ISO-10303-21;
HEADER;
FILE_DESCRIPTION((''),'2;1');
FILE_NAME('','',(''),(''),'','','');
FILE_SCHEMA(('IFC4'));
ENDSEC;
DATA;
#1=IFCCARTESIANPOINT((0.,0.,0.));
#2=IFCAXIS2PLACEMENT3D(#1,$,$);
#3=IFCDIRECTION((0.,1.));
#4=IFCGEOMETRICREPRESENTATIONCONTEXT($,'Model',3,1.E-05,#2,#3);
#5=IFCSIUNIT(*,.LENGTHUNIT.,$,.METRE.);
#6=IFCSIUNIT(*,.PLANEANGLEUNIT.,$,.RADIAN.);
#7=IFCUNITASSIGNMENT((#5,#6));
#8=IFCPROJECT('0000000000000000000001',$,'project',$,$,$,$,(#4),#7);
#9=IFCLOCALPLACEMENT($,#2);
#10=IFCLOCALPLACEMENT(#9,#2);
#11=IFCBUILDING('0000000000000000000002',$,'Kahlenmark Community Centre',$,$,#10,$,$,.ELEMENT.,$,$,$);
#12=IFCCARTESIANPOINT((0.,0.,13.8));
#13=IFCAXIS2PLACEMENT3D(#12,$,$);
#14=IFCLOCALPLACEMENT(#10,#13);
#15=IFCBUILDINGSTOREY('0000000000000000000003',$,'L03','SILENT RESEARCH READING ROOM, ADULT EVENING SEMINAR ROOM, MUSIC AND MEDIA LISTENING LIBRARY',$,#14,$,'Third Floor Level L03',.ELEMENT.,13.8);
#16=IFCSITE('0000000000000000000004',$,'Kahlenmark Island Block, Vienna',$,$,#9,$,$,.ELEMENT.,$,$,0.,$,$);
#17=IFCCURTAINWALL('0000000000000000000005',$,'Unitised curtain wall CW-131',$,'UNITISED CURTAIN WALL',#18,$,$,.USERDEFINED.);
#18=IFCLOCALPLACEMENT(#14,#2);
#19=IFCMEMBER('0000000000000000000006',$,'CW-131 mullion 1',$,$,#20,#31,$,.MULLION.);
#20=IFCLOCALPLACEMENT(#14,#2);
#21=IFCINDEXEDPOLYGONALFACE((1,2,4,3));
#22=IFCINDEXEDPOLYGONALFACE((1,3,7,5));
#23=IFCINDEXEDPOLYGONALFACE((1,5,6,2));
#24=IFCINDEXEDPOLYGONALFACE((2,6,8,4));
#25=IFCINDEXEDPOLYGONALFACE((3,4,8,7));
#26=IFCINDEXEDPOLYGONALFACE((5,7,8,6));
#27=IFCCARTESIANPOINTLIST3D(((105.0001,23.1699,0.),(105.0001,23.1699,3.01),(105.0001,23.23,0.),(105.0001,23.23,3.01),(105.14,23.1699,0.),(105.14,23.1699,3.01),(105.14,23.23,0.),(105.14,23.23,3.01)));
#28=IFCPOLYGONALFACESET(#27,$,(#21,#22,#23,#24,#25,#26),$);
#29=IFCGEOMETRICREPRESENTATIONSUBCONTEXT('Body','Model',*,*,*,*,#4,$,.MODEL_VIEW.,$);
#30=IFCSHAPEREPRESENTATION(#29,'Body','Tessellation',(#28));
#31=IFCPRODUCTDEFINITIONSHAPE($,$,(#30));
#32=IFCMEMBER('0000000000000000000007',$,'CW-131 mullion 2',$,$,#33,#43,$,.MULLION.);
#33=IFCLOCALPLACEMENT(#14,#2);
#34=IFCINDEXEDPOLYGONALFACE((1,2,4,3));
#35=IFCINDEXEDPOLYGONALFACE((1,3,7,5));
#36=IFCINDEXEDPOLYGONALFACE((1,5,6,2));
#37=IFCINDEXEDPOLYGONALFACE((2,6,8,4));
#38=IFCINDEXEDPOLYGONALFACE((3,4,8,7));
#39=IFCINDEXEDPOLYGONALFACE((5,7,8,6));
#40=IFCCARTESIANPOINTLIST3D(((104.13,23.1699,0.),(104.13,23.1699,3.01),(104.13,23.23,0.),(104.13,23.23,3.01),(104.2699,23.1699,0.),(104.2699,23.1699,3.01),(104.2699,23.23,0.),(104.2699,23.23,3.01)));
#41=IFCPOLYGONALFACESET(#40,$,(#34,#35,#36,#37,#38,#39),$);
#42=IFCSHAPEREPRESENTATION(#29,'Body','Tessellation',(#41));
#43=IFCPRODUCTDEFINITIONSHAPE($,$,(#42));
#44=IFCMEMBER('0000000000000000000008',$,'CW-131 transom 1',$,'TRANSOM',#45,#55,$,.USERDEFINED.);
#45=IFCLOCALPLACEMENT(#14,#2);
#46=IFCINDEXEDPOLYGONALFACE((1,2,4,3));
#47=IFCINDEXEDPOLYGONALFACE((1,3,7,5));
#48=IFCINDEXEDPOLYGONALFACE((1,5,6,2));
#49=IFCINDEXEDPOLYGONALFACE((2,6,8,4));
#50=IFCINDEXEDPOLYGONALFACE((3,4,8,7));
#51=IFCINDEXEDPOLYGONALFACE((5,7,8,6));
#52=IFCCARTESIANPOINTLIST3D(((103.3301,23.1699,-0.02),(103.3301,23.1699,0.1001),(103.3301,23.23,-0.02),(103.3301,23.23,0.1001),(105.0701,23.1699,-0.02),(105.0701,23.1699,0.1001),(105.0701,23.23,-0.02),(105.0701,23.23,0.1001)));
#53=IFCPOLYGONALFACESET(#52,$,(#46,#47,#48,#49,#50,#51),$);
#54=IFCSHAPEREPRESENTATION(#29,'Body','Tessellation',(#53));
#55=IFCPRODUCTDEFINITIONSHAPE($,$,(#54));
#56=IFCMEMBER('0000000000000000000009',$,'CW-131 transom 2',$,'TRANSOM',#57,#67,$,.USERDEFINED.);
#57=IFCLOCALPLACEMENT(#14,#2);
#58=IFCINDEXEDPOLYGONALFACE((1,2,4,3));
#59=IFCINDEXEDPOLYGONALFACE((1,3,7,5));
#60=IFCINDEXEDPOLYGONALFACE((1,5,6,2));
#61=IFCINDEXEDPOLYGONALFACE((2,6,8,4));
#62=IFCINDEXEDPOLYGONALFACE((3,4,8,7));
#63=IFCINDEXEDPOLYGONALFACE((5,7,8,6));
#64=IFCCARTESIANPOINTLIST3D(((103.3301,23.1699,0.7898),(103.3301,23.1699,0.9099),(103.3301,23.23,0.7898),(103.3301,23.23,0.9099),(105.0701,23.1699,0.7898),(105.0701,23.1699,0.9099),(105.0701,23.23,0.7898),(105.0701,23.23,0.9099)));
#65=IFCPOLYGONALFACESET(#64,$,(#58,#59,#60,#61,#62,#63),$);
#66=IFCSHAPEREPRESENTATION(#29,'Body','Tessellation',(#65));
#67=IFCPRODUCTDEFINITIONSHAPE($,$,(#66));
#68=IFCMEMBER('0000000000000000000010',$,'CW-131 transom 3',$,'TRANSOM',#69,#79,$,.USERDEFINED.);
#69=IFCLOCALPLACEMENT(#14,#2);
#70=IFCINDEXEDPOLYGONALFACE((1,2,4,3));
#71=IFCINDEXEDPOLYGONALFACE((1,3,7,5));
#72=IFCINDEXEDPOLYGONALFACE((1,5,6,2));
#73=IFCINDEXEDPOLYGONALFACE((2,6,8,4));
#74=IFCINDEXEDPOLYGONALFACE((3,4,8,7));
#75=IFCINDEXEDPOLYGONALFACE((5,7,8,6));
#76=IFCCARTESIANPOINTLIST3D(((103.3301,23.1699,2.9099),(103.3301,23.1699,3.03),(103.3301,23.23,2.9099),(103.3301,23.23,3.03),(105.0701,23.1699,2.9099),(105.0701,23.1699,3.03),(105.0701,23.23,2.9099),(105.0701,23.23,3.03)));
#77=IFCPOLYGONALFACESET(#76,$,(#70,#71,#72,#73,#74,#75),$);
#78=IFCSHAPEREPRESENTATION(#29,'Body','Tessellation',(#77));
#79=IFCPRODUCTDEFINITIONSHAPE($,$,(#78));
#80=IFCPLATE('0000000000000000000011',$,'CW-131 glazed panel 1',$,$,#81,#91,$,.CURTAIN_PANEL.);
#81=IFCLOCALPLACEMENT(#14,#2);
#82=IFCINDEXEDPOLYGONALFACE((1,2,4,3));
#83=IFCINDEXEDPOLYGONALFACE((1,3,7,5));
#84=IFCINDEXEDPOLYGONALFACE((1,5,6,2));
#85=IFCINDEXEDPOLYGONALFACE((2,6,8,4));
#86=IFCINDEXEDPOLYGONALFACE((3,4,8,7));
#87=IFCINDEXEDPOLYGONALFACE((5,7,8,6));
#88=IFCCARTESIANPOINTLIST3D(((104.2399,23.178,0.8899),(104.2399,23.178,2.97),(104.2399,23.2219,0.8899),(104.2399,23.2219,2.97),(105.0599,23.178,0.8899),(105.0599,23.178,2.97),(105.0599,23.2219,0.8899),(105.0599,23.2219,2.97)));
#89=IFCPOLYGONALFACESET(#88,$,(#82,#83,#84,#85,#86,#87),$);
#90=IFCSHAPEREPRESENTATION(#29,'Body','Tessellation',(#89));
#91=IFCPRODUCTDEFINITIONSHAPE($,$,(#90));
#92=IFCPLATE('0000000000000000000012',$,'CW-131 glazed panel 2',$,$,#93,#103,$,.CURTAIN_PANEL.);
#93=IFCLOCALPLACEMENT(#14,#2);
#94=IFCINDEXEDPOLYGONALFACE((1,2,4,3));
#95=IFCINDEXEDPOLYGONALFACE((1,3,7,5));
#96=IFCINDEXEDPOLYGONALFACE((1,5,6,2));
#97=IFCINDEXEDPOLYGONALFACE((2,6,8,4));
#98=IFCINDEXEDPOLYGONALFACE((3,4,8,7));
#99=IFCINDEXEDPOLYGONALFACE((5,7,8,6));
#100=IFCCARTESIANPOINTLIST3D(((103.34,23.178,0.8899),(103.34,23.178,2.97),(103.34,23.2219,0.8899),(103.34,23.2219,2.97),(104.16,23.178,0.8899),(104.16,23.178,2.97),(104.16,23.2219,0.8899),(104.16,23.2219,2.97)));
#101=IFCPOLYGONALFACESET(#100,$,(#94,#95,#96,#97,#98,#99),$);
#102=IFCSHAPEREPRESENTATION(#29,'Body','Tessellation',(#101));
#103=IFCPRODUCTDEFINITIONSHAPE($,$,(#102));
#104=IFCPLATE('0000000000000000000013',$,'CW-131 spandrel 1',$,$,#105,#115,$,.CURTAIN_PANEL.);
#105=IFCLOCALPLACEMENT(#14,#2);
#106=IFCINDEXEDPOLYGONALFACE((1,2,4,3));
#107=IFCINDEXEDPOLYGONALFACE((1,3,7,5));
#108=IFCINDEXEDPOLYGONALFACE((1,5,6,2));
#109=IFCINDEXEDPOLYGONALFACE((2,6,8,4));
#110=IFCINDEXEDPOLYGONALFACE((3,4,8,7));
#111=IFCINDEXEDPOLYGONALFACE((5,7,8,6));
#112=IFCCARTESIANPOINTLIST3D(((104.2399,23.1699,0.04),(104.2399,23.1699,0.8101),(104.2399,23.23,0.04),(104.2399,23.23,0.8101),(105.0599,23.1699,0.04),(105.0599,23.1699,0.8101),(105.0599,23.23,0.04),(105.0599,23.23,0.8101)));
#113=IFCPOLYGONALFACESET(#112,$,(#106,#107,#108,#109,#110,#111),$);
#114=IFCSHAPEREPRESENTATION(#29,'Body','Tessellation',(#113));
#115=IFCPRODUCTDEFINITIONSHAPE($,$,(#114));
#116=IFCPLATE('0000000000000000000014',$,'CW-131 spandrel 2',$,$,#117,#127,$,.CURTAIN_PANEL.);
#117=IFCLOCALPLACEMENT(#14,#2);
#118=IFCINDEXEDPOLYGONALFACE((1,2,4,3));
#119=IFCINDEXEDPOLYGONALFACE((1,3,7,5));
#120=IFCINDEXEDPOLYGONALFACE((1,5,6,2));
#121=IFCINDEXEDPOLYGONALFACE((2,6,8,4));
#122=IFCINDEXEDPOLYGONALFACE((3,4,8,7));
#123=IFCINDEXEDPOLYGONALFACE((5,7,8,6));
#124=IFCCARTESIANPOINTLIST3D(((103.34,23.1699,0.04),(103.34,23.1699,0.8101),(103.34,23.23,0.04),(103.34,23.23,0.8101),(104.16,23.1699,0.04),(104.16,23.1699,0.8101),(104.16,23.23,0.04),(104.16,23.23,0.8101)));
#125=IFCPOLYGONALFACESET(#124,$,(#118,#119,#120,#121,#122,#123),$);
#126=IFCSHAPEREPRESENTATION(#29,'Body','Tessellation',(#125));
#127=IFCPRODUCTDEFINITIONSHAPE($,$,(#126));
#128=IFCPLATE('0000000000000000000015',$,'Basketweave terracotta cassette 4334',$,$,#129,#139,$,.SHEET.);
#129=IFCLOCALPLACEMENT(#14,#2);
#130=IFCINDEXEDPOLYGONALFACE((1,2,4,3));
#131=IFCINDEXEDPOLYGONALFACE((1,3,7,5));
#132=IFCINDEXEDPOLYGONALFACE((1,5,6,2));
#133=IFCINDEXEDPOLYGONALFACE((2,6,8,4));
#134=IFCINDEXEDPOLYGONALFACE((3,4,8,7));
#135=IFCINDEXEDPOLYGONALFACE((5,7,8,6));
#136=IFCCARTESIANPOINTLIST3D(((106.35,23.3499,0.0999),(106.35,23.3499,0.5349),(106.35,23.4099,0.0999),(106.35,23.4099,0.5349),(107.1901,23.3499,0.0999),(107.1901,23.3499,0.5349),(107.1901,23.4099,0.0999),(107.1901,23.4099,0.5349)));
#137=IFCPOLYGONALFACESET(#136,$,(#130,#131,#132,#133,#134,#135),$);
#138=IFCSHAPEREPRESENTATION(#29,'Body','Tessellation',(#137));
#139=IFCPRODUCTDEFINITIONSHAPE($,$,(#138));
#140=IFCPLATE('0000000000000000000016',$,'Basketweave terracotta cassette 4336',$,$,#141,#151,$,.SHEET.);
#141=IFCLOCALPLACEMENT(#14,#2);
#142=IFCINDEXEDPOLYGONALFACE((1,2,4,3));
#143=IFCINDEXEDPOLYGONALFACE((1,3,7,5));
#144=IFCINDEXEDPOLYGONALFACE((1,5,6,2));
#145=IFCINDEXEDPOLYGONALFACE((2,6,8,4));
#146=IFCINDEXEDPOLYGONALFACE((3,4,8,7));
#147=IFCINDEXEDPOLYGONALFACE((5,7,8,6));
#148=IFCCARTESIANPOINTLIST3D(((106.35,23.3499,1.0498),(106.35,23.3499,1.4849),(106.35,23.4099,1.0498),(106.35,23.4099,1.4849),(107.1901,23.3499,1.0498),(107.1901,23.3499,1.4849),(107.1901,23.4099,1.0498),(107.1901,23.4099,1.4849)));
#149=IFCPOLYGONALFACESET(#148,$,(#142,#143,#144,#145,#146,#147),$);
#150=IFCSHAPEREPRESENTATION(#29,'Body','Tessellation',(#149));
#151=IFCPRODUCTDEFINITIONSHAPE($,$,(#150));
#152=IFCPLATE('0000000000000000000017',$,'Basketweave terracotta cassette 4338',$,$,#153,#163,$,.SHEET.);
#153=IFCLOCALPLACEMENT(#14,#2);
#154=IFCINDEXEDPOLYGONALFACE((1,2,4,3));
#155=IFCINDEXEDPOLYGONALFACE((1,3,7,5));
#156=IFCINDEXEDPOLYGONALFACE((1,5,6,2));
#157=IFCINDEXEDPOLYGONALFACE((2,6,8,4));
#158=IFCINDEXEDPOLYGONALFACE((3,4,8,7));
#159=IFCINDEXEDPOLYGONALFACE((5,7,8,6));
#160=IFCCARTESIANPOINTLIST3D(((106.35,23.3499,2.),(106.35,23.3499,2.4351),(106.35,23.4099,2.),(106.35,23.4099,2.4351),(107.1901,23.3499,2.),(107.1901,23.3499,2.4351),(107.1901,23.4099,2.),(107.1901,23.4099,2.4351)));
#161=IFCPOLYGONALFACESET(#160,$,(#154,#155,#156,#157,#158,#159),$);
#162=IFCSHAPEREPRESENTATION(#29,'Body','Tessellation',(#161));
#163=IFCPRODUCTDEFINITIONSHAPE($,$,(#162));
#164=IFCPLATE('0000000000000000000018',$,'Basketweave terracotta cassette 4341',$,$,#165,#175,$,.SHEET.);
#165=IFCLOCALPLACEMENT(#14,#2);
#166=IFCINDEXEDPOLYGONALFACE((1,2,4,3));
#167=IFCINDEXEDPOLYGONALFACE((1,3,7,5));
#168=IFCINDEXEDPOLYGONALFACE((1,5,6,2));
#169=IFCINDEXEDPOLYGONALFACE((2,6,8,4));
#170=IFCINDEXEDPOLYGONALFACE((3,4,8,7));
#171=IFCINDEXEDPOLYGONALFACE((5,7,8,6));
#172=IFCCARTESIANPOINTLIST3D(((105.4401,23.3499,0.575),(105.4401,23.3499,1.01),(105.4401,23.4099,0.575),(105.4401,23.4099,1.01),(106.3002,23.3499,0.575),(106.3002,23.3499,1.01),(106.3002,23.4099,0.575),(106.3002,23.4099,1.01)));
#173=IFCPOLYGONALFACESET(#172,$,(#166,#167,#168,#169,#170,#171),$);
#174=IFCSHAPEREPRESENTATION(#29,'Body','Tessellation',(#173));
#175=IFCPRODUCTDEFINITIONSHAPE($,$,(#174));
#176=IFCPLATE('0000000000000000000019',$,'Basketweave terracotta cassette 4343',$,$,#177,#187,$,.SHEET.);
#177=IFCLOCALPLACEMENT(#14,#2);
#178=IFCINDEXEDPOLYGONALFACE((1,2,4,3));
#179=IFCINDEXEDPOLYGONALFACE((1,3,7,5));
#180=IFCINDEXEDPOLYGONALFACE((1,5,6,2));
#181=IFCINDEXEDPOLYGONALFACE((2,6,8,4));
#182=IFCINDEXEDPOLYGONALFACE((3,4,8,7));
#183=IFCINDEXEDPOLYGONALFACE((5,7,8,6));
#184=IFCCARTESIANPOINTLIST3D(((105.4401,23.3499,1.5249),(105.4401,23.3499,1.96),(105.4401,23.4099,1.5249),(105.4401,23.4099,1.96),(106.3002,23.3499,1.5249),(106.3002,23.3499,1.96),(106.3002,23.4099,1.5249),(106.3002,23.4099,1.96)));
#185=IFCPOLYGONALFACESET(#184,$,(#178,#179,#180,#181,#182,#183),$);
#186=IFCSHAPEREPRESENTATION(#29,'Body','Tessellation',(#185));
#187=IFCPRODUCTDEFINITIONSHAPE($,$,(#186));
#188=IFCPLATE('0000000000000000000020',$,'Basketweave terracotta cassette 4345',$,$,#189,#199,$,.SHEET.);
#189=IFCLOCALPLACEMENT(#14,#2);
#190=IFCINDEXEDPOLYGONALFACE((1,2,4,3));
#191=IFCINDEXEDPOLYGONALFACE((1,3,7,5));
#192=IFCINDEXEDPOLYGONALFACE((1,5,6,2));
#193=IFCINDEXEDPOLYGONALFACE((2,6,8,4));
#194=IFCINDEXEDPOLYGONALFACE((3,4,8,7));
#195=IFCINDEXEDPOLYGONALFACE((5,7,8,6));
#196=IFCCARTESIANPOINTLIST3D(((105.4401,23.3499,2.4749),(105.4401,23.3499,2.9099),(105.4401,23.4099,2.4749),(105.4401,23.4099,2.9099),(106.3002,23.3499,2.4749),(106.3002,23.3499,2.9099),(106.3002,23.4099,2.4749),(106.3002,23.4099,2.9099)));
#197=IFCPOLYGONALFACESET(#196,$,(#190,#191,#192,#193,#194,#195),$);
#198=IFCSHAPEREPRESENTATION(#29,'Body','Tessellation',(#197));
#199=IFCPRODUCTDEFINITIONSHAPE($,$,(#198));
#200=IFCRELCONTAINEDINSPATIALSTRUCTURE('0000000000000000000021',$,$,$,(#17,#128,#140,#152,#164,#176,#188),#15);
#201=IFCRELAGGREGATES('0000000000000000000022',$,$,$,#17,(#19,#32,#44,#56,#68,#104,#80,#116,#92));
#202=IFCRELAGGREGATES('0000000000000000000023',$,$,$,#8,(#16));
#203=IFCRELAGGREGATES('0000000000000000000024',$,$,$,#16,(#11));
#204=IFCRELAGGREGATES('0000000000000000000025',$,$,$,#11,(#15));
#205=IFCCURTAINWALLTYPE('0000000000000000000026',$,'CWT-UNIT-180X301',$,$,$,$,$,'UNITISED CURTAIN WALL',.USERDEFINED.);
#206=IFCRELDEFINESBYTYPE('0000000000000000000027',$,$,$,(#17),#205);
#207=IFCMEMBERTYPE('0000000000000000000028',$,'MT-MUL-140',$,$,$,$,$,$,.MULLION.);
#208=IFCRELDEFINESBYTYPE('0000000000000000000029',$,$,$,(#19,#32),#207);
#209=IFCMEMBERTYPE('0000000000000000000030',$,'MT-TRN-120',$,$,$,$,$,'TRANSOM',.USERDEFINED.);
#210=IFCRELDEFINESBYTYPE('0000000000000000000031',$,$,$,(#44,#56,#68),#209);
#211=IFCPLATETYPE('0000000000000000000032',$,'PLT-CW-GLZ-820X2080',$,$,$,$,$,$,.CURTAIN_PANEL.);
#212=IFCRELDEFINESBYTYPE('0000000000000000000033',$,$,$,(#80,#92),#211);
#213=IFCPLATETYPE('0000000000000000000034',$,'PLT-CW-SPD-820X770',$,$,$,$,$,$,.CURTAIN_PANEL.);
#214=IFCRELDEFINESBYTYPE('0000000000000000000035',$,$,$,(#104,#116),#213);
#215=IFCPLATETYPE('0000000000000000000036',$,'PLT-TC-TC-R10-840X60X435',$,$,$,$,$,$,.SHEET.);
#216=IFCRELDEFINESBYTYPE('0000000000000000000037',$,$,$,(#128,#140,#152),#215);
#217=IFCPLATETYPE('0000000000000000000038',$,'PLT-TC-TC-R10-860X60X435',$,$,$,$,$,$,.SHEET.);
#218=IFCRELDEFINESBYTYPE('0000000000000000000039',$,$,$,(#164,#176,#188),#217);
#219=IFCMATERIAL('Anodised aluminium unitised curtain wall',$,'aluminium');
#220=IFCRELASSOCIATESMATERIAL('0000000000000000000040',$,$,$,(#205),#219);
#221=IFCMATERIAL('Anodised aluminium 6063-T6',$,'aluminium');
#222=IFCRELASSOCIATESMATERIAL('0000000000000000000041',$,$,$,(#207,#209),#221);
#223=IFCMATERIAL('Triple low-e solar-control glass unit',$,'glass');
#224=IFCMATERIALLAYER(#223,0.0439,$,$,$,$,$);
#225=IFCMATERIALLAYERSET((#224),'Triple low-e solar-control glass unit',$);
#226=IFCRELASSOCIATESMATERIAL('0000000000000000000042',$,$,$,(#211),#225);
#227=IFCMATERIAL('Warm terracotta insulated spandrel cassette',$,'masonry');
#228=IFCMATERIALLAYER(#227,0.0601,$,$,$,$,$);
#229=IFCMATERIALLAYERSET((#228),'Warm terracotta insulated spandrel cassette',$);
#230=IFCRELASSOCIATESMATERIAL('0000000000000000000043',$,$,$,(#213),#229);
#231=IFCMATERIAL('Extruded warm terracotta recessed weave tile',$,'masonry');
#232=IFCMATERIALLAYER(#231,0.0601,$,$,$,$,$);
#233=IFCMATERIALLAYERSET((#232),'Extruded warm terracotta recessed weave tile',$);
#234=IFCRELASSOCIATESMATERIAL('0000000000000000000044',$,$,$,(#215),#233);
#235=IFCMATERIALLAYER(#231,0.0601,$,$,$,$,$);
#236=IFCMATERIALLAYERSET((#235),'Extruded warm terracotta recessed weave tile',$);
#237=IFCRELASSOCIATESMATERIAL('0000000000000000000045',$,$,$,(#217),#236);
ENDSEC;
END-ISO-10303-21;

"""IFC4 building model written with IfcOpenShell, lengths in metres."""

from ifc_helpers import new_model, si_unit, direction, frame, origin, origin_2d, place, context, subcontext, project, spatial, rectangle, extrude, material, layer, layer_set, material_profile, profile_set, type_object, element, aggregate, save


model = new_model("IFC4")

# Units and contexts
model_context = context("Model", 3, precision=1e-05, world=origin(), true_north=direction((0.0, 1.0)))
body_context = subcontext(model_context, "Body", "Model", "MODEL_VIEW")
ifc_project = project(units=[si_unit("LENGTHUNIT", "METRE"), si_unit("PLANEANGLEUNIT", "RADIAN")], contexts=[model_context])

# Site, building, storey
site_placement = place(None, origin())
site = spatial("IfcSite", under=ifc_project, at=site_placement, Name="Kahlenmark Island Block, Vienna", CompositionType="ELEMENT", RefElevation=0.0)
building_placement = place(site_placement, origin())
building = spatial("IfcBuilding", under=site, at=building_placement, Name="Kahlenmark Community Centre", CompositionType="ELEMENT")
storey_placement = place(building_placement, frame((0.0, 0.0, 13.8)))
storey = spatial("IfcBuildingStorey", under=building, at=storey_placement, Name="L03", Description="SILENT RESEARCH READING ROOM, ADULT EVENING SEMINAR ROOM, MUSIC AND MEDIA LISTENING LIBRARY", LongName="Third Floor Level L03", CompositionType="ELEMENT", Elevation=13.8)

# Curtain wall, members, plates
ifc_material_1 = material(Name="Anodised aluminium unitised curtain wall", Category="aluminium")
curtain_wall_type = type_object("IfcCurtainWallType", Name="CWT-UNIT-180X301", ElementType="UNITISED CURTAIN WALL", PredefinedType="USERDEFINED", material=ifc_material_1)
curtain_wall_placement = place(storey_placement, origin())
curtain_wall = element("IfcCurtainWall", 1, at=curtain_wall_placement, inside=storey, type_object=curtain_wall_type, Name="Unitised curtain wall CW-131", ObjectType="UNITISED CURTAIN WALL", PredefinedType="USERDEFINED")
ifc_material_2 = material(Name="Anodised aluminium 6063-T6", Category="aluminium")
ifc_material_profile_1 = material_profile(ifc_material_2, rectangle(XDim=0.0601, YDim=0.1399, at=origin_2d()), Name="ALU MULLION 60x140")
ifc_profile_set_1 = profile_set([ifc_material_profile_1], Name="Anodised aluminium 6063-T6")
member_type_1 = type_object("IfcMemberType", Name="MT-MUL-140", PredefinedType="MULLION", material=ifc_profile_set_1)
member_1_placement = place(storey_placement, frame((105.0701, 23.2, 0.0), z_axis=(0.0, 0.0, 1.0), x_axis=(0.0, -1.0, 0.0)))
member_1 = element("IfcMember", 2, at=member_1_placement, type_object=member_type_1, Name="CW-131 mullion 1", PredefinedType="MULLION", context=body_context, shape_type="SweptSolid", body=[
    extrude(rectangle(XDim=0.0601, YDim=0.1399, at=origin_2d()), origin(), (0.0, 0.0, 1.0), 3.01),
])
member_2_placement = place(storey_placement, frame((104.2, 23.2, 0.0), z_axis=(0.0, 0.0, 1.0), x_axis=(0.0, -1.0, 0.0)))
member_2 = element("IfcMember", 3, at=member_2_placement, type_object=member_type_1, Name="CW-131 mullion 2", PredefinedType="MULLION", context=body_context, shape_type="SweptSolid", body=[
    extrude(rectangle(XDim=0.0601, YDim=0.1399, at=origin_2d()), origin(), (0.0, 0.0, 1.0), 3.01),
])
ifc_material_profile_2 = material_profile(ifc_material_2, rectangle(XDim=0.0601, YDim=0.1201, at=origin_2d()), Name="ALU TRANSOM 60x120")
ifc_profile_set_2 = profile_set([ifc_material_profile_2], Name="Anodised aluminium 6063-T6")
member_type_2 = type_object("IfcMemberType", Name="MT-TRN-120", ElementType="TRANSOM", PredefinedType="USERDEFINED", material=ifc_profile_set_2)
member_3_placement = place(storey_placement, frame((105.0701, 23.2, 0.04), z_axis=(-1.0, 0.0, 0.0), x_axis=(0.0, -1.0, 0.0)))
member_3 = element("IfcMember", 4, at=member_3_placement, type_object=member_type_2, Name="CW-131 transom 1", ObjectType="TRANSOM", PredefinedType="USERDEFINED", context=body_context, shape_type="SweptSolid", body=[
    extrude(rectangle(XDim=0.0601, YDim=0.1201, at=origin_2d()), origin(), (0.0, 0.0, 1.0), 1.74),
])
member_4_placement = place(storey_placement, frame((105.0701, 23.2, 0.8499), z_axis=(-1.0, 0.0, 0.0), x_axis=(0.0, -1.0, 0.0)))
member_4 = element("IfcMember", 5, at=member_4_placement, type_object=member_type_2, Name="CW-131 transom 2", ObjectType="TRANSOM", PredefinedType="USERDEFINED", context=body_context, shape_type="SweptSolid", body=[
    extrude(rectangle(XDim=0.0601, YDim=0.1201, at=origin_2d()), origin(), (0.0, 0.0, 1.0), 1.74),
])
member_5_placement = place(storey_placement, frame((105.0701, 23.2, 2.97), z_axis=(-1.0, 0.0, 0.0), x_axis=(0.0, -1.0, 0.0)))
member_5 = element("IfcMember", 6, at=member_5_placement, type_object=member_type_2, Name="CW-131 transom 3", ObjectType="TRANSOM", PredefinedType="USERDEFINED", context=body_context, shape_type="SweptSolid", body=[
    extrude(rectangle(XDim=0.0601, YDim=0.1201, at=origin_2d()), origin(), (0.0, 0.0, 1.0), 1.74),
])
ifc_material_3 = material(Name="Triple low-e solar-control glass unit", Category="glass")
ifc_layer_1 = layer(ifc_material_3, 0.0439)
ifc_layer_set_1 = layer_set([ifc_layer_1], Name="Triple low-e solar-control glass unit")
plate_type_1 = type_object("IfcPlateType", Name="PLT-CW-GLZ-820X2080", PredefinedType="CURTAIN_PANEL", material=ifc_layer_set_1)
plate_1_placement = place(storey_placement, frame((104.6499, 23.2, 0.8899), z_axis=(0.0, 0.0, 1.0), x_axis=(-1.0, 0.0, 0.0)))
plate_1 = element("IfcPlate", 7, at=plate_1_placement, type_object=plate_type_1, Name="CW-131 glazed panel 1", PredefinedType="CURTAIN_PANEL", context=body_context, shape_type="SweptSolid", body=[
    extrude(rectangle(XDim=0.8201, YDim=0.0439, at=origin_2d()), origin(), (0.0, 0.0, 1.0), 2.0801),
])
plate_2_placement = place(storey_placement, frame((103.75, 23.2, 0.8899), z_axis=(0.0, 0.0, 1.0), x_axis=(-1.0, 0.0, 0.0)))
plate_2 = element("IfcPlate", 8, at=plate_2_placement, type_object=plate_type_1, Name="CW-131 glazed panel 2", PredefinedType="CURTAIN_PANEL", context=body_context, shape_type="SweptSolid", body=[
    extrude(rectangle(XDim=0.8201, YDim=0.0439, at=origin_2d()), origin(), (0.0, 0.0, 1.0), 2.0801),
])
ifc_material_4 = material(Name="Warm terracotta insulated spandrel cassette", Category="masonry")
ifc_layer_2 = layer(ifc_material_4, 0.0601)
ifc_layer_set_2 = layer_set([ifc_layer_2], Name="Warm terracotta insulated spandrel cassette")
plate_type_2 = type_object("IfcPlateType", Name="PLT-CW-SPD-820X770", PredefinedType="CURTAIN_PANEL", material=ifc_layer_set_2)
plate_3_placement = place(storey_placement, frame((104.6499, 23.2, 0.04), z_axis=(0.0, 0.0, 1.0), x_axis=(-1.0, 0.0, 0.0)))
plate_3 = element("IfcPlate", 9, at=plate_3_placement, type_object=plate_type_2, Name="CW-131 spandrel 1", PredefinedType="CURTAIN_PANEL", context=body_context, shape_type="SweptSolid", body=[
    extrude(rectangle(XDim=0.8201, YDim=0.0601, at=origin_2d()), origin(), (0.0, 0.0, 1.0), 0.77),
])
plate_4_placement = place(storey_placement, frame((103.75, 23.2, 0.04), z_axis=(0.0, 0.0, 1.0), x_axis=(-1.0, 0.0, 0.0)))
plate_4 = element("IfcPlate", 10, at=plate_4_placement, type_object=plate_type_2, Name="CW-131 spandrel 2", PredefinedType="CURTAIN_PANEL", context=body_context, shape_type="SweptSolid", body=[
    extrude(rectangle(XDim=0.8201, YDim=0.0601, at=origin_2d()), origin(), (0.0, 0.0, 1.0), 0.77),
])
aggregate(curtain_wall, [member_1, member_2, member_3, member_4, member_5, plate_3, plate_1, plate_4, plate_2])

# Plates
ifc_material_5 = material(Name="Extruded warm terracotta recessed weave tile", Category="masonry")
ifc_layer_3 = layer(ifc_material_5, 0.0601)
ifc_layer_set_3 = layer_set([ifc_layer_3], Name="Extruded warm terracotta recessed weave tile")
plate_type_3 = type_object("IfcPlateType", Name="PLT-TC-TC-R10-840X60X435", PredefinedType="SHEET", material=ifc_layer_set_3)
for number, where, z_axis, x_axis, name in (
    (11, (106.77, 23.3799, 0.0999), (0.0, 0.0, 1.0), (-1.0, 0.0, 0.0), "Basketweave terracotta cassette 4334"),
    (12, (106.77, 23.3799, 1.0498), (0.0, 0.0, 1.0), (-1.0, 0.0, 0.0), "Basketweave terracotta cassette 4336"),
    (13, (106.77, 23.3799, 2.0), (0.0, 0.0, 1.0), (-1.0, 0.0, 0.0), "Basketweave terracotta cassette 4338"),
):
    element("IfcPlate", number, at=place(storey_placement, frame(where, z_axis=z_axis, x_axis=x_axis)), inside=storey, type_object=plate_type_3, Name=name, PredefinedType="SHEET", context=body_context, shape_type="SweptSolid", body=[
        extrude(rectangle(XDim=0.8401, YDim=0.0601, at=origin_2d()), origin(), (0.0, 0.0, 1.0), 0.4351),
    ])
ifc_layer_4 = layer(ifc_material_5, 0.0601)
ifc_layer_set_4 = layer_set([ifc_layer_4], Name="Extruded warm terracotta recessed weave tile")
plate_type_4 = type_object("IfcPlateType", Name="PLT-TC-TC-R10-860X60X435", PredefinedType="SHEET", material=ifc_layer_set_4)
for number, where, z_axis, x_axis, name in (
    (14, (105.8701, 23.3799, 0.575), (0.0, 0.0, 1.0), (-1.0, 0.0, 0.0), "Basketweave terracotta cassette 4341"),
    (15, (105.8701, 23.3799, 1.5249), (0.0, 0.0, 1.0), (-1.0, 0.0, 0.0), "Basketweave terracotta cassette 4343"),
    (16, (105.8701, 23.3799, 2.4749), (0.0, 0.0, 1.0), (-1.0, 0.0, 0.0), "Basketweave terracotta cassette 4345"),
):
    element("IfcPlate", number, at=place(storey_placement, frame(where, z_axis=z_axis, x_axis=x_axis)), inside=storey, type_object=plate_type_4, Name=name, PredefinedType="SHEET", context=body_context, shape_type="SweptSolid", body=[
        extrude(rectangle(XDim=0.8601, YDim=0.0601, at=origin_2d()), origin(), (0.0, 0.0, 1.0), 0.4351),
    ])

save(model, "model.ifc")
